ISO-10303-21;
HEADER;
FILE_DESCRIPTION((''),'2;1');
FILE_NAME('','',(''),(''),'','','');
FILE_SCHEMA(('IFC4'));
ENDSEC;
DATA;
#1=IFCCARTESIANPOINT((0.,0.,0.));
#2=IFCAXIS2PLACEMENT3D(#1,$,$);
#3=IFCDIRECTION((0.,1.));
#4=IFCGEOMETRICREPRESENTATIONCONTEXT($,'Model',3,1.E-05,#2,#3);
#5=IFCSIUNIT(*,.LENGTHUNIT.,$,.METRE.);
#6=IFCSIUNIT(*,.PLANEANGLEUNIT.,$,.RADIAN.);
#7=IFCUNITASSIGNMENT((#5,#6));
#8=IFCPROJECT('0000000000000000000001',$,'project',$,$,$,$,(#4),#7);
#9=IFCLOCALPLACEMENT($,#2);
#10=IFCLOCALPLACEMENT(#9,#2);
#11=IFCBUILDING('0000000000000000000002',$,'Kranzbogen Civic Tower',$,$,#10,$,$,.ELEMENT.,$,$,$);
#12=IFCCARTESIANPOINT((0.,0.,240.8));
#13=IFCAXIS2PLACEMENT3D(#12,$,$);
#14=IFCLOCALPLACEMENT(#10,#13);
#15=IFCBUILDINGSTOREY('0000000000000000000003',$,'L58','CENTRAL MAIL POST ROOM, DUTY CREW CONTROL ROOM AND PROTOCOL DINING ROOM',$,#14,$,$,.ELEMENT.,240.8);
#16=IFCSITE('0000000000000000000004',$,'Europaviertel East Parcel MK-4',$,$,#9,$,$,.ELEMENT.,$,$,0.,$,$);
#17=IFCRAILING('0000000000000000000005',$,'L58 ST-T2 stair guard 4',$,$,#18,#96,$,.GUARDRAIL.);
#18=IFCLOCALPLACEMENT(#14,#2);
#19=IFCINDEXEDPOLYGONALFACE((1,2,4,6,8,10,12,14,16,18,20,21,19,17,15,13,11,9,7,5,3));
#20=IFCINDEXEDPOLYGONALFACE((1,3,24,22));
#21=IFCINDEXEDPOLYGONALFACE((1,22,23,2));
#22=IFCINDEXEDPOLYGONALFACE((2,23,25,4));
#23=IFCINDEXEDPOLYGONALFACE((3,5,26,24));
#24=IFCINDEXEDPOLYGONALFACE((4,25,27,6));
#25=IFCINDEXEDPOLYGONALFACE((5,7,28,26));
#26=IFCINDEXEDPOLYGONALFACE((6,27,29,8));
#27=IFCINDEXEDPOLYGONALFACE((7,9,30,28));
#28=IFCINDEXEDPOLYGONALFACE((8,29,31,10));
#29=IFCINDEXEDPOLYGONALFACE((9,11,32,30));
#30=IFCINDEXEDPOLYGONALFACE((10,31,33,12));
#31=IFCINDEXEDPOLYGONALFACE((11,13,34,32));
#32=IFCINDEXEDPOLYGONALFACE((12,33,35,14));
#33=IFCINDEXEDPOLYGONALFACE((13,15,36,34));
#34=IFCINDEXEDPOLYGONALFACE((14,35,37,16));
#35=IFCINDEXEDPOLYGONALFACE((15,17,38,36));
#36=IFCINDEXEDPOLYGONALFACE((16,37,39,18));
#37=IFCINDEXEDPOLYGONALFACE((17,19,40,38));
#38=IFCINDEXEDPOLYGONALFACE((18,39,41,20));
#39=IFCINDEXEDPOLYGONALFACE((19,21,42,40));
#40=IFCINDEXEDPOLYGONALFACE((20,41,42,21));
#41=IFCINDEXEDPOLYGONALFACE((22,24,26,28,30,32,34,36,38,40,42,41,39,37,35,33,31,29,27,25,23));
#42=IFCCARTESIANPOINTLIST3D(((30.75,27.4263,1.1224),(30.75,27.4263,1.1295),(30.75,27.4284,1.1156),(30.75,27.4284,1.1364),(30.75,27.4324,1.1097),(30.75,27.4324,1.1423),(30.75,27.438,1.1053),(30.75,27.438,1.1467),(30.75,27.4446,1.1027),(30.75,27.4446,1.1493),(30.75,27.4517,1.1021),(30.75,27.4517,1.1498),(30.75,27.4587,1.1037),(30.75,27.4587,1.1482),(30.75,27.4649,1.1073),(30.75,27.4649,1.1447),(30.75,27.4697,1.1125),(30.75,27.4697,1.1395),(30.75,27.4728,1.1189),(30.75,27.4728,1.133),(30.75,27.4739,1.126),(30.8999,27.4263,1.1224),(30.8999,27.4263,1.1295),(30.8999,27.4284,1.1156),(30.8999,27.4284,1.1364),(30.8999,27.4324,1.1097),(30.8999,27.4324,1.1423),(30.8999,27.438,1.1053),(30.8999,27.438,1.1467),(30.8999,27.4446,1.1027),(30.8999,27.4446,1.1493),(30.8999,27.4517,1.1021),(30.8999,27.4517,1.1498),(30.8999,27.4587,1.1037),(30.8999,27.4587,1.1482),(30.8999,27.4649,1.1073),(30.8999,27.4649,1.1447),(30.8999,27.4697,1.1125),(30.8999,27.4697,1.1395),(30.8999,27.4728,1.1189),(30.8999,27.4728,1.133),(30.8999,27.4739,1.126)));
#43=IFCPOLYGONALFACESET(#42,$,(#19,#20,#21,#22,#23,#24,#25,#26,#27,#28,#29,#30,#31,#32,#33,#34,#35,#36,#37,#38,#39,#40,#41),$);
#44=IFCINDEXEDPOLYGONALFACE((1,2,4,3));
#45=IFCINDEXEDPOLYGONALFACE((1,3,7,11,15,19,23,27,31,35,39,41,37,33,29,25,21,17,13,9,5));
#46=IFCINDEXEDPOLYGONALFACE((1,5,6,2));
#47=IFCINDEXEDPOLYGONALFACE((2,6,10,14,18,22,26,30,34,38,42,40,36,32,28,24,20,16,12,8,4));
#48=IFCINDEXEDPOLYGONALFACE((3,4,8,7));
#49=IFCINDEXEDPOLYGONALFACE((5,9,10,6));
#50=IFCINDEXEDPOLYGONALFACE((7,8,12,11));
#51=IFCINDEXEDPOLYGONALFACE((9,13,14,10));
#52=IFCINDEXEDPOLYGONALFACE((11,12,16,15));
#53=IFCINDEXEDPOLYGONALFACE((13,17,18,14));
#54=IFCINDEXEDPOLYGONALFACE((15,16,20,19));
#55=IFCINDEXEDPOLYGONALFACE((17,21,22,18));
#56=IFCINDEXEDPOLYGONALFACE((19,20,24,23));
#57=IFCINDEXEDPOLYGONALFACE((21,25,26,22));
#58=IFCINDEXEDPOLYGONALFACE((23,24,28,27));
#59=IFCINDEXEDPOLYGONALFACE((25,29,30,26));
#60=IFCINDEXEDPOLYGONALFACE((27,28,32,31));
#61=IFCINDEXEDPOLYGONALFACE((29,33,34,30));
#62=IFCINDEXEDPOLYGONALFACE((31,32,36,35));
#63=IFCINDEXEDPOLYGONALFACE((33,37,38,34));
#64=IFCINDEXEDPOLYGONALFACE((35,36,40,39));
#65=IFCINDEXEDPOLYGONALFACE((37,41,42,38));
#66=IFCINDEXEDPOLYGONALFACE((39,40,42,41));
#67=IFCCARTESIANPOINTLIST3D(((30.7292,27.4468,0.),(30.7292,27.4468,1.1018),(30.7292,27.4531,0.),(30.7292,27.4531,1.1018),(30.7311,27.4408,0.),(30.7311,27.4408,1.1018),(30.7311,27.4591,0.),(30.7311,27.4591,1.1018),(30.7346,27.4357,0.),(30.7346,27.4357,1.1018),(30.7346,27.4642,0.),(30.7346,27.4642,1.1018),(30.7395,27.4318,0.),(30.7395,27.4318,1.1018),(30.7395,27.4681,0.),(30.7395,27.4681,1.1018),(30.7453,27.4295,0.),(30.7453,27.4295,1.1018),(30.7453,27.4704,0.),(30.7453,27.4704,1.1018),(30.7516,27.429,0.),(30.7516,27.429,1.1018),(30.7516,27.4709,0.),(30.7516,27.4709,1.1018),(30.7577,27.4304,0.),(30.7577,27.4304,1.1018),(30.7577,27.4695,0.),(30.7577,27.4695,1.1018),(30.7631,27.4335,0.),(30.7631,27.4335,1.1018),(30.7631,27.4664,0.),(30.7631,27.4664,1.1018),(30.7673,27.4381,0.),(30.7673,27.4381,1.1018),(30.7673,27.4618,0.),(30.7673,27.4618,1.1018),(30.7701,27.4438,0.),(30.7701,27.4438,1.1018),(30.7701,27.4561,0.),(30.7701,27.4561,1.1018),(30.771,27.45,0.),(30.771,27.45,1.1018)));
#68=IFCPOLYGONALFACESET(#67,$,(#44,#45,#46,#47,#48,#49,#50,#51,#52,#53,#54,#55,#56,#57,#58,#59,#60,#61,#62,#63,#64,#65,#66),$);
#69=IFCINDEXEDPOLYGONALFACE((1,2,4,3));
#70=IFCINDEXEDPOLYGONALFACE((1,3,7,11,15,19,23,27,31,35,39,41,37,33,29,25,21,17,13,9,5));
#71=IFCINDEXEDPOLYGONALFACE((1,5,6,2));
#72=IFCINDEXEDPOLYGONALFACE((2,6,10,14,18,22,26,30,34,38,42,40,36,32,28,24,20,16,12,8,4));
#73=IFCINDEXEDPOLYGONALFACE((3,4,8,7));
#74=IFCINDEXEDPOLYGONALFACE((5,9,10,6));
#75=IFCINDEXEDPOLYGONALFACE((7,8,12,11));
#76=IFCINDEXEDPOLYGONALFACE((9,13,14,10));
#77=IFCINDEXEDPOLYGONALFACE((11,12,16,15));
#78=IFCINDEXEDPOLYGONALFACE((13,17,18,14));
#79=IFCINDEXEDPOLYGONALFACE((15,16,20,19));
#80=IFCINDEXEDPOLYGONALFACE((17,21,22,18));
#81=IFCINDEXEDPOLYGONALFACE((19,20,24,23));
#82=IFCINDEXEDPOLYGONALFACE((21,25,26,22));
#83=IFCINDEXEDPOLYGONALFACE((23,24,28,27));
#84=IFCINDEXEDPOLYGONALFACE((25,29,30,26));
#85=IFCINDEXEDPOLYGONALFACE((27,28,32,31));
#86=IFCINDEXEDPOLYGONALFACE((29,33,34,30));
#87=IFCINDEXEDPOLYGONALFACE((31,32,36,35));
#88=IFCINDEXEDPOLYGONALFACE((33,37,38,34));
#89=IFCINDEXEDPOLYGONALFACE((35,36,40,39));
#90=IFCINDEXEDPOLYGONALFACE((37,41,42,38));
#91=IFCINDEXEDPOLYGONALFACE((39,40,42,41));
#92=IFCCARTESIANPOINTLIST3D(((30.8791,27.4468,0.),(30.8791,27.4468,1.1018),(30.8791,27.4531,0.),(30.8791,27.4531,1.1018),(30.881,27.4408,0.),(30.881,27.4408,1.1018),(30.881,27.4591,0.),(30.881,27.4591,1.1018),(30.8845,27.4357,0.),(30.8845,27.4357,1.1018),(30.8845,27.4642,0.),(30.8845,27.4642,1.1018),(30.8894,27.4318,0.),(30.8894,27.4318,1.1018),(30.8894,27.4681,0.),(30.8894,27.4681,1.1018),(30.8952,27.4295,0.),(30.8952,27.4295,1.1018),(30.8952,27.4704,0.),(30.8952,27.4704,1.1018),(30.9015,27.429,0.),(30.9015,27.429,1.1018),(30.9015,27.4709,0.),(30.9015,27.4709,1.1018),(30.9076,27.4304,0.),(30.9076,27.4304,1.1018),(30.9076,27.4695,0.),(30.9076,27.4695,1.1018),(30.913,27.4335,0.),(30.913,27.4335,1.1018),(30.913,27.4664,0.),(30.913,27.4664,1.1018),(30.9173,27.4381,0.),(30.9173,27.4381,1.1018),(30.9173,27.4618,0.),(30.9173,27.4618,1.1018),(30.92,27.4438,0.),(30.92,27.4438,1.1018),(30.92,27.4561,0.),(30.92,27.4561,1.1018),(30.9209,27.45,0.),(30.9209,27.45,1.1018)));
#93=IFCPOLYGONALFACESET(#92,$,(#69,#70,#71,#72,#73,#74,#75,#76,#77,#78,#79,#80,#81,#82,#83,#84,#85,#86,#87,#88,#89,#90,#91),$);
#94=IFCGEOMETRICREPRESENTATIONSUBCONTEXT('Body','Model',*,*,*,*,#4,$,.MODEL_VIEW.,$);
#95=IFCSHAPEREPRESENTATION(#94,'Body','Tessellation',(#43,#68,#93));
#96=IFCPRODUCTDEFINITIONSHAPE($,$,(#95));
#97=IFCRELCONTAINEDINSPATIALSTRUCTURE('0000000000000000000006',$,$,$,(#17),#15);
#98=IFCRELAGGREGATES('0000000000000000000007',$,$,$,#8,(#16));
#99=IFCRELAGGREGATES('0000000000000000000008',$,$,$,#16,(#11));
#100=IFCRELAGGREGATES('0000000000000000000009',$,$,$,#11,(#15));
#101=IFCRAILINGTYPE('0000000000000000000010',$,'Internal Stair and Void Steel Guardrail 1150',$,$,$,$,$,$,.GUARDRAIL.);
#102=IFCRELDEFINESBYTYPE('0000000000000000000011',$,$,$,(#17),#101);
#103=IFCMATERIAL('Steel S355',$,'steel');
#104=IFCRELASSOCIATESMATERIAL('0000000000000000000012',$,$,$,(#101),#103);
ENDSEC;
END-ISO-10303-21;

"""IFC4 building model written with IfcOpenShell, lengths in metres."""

from ifc_helpers import new_model, si_unit, direction, frame, origin, origin_2d, place, context, subcontext, project, spatial, circle, extrude, material, type_object, element, save


model = new_model("IFC4")

# Units and contexts
model_context = context("Model", 3, precision=1e-05, world=origin(), true_north=direction((0.0, 1.0)))
body_context = subcontext(model_context, "Body", "Model", "MODEL_VIEW")
ifc_project = project(units=[si_unit("LENGTHUNIT", "METRE"), si_unit("PLANEANGLEUNIT", "RADIAN")], contexts=[model_context])

# Site, building, storey
site_placement = place(None, origin())
site = spatial("IfcSite", under=ifc_project, at=site_placement, Name="Europaviertel East Parcel MK-4", CompositionType="ELEMENT", RefElevation=0.0)
building_placement = place(site_placement, origin())
building = spatial("IfcBuilding", under=site, at=building_placement, Name="Kranzbogen Civic Tower", CompositionType="ELEMENT")
storey_placement = place(building_placement, frame((0.0, 0.0, 240.8)))
storey = spatial("IfcBuildingStorey", under=building, at=storey_placement, Name="L58", Description="CENTRAL MAIL POST ROOM, DUTY CREW CONTROL ROOM AND PROTOCOL DINING ROOM", CompositionType="ELEMENT", Elevation=240.8)

# Shared definitions
ifc_material_1 = material(Name="Steel S355", Category="steel")

# Railing
railing_type_1 = type_object("IfcRailingType", Name="Internal Stair and Void Steel Guardrail 1150", PredefinedType="GUARDRAIL", material=ifc_material_1)
railing_1_placement = place(storey_placement, frame((30.75, 27.45, 0.0)))
element("IfcRailing", 1, at=railing_1_placement, inside=storey, type_object=railing_type_1, Name="L58 ST-T2 stair guard 4", PredefinedType="GUARDRAIL", context=body_context, shape_type="SweptSolid", body=[
    extrude(circle(Radius=0.0239, at=origin_2d()), frame((0.0, 0.0, 1.126), z_axis=(1.0, 0.0, 0.0), x_axis=(0.0, 1.0, 0.0)), (0.0, 0.0, 1.0), 0.1499),
    extrude(circle(Radius=0.021, at=origin_2d()), origin(), (0.0, 0.0, 1.0), 1.1018),
    extrude(circle(Radius=0.021, at=origin_2d()), frame((0.1499, 0.0, 0.0)), (0.0, 0.0, 1.0), 1.1018),
])

save(model, "model.ifc")
